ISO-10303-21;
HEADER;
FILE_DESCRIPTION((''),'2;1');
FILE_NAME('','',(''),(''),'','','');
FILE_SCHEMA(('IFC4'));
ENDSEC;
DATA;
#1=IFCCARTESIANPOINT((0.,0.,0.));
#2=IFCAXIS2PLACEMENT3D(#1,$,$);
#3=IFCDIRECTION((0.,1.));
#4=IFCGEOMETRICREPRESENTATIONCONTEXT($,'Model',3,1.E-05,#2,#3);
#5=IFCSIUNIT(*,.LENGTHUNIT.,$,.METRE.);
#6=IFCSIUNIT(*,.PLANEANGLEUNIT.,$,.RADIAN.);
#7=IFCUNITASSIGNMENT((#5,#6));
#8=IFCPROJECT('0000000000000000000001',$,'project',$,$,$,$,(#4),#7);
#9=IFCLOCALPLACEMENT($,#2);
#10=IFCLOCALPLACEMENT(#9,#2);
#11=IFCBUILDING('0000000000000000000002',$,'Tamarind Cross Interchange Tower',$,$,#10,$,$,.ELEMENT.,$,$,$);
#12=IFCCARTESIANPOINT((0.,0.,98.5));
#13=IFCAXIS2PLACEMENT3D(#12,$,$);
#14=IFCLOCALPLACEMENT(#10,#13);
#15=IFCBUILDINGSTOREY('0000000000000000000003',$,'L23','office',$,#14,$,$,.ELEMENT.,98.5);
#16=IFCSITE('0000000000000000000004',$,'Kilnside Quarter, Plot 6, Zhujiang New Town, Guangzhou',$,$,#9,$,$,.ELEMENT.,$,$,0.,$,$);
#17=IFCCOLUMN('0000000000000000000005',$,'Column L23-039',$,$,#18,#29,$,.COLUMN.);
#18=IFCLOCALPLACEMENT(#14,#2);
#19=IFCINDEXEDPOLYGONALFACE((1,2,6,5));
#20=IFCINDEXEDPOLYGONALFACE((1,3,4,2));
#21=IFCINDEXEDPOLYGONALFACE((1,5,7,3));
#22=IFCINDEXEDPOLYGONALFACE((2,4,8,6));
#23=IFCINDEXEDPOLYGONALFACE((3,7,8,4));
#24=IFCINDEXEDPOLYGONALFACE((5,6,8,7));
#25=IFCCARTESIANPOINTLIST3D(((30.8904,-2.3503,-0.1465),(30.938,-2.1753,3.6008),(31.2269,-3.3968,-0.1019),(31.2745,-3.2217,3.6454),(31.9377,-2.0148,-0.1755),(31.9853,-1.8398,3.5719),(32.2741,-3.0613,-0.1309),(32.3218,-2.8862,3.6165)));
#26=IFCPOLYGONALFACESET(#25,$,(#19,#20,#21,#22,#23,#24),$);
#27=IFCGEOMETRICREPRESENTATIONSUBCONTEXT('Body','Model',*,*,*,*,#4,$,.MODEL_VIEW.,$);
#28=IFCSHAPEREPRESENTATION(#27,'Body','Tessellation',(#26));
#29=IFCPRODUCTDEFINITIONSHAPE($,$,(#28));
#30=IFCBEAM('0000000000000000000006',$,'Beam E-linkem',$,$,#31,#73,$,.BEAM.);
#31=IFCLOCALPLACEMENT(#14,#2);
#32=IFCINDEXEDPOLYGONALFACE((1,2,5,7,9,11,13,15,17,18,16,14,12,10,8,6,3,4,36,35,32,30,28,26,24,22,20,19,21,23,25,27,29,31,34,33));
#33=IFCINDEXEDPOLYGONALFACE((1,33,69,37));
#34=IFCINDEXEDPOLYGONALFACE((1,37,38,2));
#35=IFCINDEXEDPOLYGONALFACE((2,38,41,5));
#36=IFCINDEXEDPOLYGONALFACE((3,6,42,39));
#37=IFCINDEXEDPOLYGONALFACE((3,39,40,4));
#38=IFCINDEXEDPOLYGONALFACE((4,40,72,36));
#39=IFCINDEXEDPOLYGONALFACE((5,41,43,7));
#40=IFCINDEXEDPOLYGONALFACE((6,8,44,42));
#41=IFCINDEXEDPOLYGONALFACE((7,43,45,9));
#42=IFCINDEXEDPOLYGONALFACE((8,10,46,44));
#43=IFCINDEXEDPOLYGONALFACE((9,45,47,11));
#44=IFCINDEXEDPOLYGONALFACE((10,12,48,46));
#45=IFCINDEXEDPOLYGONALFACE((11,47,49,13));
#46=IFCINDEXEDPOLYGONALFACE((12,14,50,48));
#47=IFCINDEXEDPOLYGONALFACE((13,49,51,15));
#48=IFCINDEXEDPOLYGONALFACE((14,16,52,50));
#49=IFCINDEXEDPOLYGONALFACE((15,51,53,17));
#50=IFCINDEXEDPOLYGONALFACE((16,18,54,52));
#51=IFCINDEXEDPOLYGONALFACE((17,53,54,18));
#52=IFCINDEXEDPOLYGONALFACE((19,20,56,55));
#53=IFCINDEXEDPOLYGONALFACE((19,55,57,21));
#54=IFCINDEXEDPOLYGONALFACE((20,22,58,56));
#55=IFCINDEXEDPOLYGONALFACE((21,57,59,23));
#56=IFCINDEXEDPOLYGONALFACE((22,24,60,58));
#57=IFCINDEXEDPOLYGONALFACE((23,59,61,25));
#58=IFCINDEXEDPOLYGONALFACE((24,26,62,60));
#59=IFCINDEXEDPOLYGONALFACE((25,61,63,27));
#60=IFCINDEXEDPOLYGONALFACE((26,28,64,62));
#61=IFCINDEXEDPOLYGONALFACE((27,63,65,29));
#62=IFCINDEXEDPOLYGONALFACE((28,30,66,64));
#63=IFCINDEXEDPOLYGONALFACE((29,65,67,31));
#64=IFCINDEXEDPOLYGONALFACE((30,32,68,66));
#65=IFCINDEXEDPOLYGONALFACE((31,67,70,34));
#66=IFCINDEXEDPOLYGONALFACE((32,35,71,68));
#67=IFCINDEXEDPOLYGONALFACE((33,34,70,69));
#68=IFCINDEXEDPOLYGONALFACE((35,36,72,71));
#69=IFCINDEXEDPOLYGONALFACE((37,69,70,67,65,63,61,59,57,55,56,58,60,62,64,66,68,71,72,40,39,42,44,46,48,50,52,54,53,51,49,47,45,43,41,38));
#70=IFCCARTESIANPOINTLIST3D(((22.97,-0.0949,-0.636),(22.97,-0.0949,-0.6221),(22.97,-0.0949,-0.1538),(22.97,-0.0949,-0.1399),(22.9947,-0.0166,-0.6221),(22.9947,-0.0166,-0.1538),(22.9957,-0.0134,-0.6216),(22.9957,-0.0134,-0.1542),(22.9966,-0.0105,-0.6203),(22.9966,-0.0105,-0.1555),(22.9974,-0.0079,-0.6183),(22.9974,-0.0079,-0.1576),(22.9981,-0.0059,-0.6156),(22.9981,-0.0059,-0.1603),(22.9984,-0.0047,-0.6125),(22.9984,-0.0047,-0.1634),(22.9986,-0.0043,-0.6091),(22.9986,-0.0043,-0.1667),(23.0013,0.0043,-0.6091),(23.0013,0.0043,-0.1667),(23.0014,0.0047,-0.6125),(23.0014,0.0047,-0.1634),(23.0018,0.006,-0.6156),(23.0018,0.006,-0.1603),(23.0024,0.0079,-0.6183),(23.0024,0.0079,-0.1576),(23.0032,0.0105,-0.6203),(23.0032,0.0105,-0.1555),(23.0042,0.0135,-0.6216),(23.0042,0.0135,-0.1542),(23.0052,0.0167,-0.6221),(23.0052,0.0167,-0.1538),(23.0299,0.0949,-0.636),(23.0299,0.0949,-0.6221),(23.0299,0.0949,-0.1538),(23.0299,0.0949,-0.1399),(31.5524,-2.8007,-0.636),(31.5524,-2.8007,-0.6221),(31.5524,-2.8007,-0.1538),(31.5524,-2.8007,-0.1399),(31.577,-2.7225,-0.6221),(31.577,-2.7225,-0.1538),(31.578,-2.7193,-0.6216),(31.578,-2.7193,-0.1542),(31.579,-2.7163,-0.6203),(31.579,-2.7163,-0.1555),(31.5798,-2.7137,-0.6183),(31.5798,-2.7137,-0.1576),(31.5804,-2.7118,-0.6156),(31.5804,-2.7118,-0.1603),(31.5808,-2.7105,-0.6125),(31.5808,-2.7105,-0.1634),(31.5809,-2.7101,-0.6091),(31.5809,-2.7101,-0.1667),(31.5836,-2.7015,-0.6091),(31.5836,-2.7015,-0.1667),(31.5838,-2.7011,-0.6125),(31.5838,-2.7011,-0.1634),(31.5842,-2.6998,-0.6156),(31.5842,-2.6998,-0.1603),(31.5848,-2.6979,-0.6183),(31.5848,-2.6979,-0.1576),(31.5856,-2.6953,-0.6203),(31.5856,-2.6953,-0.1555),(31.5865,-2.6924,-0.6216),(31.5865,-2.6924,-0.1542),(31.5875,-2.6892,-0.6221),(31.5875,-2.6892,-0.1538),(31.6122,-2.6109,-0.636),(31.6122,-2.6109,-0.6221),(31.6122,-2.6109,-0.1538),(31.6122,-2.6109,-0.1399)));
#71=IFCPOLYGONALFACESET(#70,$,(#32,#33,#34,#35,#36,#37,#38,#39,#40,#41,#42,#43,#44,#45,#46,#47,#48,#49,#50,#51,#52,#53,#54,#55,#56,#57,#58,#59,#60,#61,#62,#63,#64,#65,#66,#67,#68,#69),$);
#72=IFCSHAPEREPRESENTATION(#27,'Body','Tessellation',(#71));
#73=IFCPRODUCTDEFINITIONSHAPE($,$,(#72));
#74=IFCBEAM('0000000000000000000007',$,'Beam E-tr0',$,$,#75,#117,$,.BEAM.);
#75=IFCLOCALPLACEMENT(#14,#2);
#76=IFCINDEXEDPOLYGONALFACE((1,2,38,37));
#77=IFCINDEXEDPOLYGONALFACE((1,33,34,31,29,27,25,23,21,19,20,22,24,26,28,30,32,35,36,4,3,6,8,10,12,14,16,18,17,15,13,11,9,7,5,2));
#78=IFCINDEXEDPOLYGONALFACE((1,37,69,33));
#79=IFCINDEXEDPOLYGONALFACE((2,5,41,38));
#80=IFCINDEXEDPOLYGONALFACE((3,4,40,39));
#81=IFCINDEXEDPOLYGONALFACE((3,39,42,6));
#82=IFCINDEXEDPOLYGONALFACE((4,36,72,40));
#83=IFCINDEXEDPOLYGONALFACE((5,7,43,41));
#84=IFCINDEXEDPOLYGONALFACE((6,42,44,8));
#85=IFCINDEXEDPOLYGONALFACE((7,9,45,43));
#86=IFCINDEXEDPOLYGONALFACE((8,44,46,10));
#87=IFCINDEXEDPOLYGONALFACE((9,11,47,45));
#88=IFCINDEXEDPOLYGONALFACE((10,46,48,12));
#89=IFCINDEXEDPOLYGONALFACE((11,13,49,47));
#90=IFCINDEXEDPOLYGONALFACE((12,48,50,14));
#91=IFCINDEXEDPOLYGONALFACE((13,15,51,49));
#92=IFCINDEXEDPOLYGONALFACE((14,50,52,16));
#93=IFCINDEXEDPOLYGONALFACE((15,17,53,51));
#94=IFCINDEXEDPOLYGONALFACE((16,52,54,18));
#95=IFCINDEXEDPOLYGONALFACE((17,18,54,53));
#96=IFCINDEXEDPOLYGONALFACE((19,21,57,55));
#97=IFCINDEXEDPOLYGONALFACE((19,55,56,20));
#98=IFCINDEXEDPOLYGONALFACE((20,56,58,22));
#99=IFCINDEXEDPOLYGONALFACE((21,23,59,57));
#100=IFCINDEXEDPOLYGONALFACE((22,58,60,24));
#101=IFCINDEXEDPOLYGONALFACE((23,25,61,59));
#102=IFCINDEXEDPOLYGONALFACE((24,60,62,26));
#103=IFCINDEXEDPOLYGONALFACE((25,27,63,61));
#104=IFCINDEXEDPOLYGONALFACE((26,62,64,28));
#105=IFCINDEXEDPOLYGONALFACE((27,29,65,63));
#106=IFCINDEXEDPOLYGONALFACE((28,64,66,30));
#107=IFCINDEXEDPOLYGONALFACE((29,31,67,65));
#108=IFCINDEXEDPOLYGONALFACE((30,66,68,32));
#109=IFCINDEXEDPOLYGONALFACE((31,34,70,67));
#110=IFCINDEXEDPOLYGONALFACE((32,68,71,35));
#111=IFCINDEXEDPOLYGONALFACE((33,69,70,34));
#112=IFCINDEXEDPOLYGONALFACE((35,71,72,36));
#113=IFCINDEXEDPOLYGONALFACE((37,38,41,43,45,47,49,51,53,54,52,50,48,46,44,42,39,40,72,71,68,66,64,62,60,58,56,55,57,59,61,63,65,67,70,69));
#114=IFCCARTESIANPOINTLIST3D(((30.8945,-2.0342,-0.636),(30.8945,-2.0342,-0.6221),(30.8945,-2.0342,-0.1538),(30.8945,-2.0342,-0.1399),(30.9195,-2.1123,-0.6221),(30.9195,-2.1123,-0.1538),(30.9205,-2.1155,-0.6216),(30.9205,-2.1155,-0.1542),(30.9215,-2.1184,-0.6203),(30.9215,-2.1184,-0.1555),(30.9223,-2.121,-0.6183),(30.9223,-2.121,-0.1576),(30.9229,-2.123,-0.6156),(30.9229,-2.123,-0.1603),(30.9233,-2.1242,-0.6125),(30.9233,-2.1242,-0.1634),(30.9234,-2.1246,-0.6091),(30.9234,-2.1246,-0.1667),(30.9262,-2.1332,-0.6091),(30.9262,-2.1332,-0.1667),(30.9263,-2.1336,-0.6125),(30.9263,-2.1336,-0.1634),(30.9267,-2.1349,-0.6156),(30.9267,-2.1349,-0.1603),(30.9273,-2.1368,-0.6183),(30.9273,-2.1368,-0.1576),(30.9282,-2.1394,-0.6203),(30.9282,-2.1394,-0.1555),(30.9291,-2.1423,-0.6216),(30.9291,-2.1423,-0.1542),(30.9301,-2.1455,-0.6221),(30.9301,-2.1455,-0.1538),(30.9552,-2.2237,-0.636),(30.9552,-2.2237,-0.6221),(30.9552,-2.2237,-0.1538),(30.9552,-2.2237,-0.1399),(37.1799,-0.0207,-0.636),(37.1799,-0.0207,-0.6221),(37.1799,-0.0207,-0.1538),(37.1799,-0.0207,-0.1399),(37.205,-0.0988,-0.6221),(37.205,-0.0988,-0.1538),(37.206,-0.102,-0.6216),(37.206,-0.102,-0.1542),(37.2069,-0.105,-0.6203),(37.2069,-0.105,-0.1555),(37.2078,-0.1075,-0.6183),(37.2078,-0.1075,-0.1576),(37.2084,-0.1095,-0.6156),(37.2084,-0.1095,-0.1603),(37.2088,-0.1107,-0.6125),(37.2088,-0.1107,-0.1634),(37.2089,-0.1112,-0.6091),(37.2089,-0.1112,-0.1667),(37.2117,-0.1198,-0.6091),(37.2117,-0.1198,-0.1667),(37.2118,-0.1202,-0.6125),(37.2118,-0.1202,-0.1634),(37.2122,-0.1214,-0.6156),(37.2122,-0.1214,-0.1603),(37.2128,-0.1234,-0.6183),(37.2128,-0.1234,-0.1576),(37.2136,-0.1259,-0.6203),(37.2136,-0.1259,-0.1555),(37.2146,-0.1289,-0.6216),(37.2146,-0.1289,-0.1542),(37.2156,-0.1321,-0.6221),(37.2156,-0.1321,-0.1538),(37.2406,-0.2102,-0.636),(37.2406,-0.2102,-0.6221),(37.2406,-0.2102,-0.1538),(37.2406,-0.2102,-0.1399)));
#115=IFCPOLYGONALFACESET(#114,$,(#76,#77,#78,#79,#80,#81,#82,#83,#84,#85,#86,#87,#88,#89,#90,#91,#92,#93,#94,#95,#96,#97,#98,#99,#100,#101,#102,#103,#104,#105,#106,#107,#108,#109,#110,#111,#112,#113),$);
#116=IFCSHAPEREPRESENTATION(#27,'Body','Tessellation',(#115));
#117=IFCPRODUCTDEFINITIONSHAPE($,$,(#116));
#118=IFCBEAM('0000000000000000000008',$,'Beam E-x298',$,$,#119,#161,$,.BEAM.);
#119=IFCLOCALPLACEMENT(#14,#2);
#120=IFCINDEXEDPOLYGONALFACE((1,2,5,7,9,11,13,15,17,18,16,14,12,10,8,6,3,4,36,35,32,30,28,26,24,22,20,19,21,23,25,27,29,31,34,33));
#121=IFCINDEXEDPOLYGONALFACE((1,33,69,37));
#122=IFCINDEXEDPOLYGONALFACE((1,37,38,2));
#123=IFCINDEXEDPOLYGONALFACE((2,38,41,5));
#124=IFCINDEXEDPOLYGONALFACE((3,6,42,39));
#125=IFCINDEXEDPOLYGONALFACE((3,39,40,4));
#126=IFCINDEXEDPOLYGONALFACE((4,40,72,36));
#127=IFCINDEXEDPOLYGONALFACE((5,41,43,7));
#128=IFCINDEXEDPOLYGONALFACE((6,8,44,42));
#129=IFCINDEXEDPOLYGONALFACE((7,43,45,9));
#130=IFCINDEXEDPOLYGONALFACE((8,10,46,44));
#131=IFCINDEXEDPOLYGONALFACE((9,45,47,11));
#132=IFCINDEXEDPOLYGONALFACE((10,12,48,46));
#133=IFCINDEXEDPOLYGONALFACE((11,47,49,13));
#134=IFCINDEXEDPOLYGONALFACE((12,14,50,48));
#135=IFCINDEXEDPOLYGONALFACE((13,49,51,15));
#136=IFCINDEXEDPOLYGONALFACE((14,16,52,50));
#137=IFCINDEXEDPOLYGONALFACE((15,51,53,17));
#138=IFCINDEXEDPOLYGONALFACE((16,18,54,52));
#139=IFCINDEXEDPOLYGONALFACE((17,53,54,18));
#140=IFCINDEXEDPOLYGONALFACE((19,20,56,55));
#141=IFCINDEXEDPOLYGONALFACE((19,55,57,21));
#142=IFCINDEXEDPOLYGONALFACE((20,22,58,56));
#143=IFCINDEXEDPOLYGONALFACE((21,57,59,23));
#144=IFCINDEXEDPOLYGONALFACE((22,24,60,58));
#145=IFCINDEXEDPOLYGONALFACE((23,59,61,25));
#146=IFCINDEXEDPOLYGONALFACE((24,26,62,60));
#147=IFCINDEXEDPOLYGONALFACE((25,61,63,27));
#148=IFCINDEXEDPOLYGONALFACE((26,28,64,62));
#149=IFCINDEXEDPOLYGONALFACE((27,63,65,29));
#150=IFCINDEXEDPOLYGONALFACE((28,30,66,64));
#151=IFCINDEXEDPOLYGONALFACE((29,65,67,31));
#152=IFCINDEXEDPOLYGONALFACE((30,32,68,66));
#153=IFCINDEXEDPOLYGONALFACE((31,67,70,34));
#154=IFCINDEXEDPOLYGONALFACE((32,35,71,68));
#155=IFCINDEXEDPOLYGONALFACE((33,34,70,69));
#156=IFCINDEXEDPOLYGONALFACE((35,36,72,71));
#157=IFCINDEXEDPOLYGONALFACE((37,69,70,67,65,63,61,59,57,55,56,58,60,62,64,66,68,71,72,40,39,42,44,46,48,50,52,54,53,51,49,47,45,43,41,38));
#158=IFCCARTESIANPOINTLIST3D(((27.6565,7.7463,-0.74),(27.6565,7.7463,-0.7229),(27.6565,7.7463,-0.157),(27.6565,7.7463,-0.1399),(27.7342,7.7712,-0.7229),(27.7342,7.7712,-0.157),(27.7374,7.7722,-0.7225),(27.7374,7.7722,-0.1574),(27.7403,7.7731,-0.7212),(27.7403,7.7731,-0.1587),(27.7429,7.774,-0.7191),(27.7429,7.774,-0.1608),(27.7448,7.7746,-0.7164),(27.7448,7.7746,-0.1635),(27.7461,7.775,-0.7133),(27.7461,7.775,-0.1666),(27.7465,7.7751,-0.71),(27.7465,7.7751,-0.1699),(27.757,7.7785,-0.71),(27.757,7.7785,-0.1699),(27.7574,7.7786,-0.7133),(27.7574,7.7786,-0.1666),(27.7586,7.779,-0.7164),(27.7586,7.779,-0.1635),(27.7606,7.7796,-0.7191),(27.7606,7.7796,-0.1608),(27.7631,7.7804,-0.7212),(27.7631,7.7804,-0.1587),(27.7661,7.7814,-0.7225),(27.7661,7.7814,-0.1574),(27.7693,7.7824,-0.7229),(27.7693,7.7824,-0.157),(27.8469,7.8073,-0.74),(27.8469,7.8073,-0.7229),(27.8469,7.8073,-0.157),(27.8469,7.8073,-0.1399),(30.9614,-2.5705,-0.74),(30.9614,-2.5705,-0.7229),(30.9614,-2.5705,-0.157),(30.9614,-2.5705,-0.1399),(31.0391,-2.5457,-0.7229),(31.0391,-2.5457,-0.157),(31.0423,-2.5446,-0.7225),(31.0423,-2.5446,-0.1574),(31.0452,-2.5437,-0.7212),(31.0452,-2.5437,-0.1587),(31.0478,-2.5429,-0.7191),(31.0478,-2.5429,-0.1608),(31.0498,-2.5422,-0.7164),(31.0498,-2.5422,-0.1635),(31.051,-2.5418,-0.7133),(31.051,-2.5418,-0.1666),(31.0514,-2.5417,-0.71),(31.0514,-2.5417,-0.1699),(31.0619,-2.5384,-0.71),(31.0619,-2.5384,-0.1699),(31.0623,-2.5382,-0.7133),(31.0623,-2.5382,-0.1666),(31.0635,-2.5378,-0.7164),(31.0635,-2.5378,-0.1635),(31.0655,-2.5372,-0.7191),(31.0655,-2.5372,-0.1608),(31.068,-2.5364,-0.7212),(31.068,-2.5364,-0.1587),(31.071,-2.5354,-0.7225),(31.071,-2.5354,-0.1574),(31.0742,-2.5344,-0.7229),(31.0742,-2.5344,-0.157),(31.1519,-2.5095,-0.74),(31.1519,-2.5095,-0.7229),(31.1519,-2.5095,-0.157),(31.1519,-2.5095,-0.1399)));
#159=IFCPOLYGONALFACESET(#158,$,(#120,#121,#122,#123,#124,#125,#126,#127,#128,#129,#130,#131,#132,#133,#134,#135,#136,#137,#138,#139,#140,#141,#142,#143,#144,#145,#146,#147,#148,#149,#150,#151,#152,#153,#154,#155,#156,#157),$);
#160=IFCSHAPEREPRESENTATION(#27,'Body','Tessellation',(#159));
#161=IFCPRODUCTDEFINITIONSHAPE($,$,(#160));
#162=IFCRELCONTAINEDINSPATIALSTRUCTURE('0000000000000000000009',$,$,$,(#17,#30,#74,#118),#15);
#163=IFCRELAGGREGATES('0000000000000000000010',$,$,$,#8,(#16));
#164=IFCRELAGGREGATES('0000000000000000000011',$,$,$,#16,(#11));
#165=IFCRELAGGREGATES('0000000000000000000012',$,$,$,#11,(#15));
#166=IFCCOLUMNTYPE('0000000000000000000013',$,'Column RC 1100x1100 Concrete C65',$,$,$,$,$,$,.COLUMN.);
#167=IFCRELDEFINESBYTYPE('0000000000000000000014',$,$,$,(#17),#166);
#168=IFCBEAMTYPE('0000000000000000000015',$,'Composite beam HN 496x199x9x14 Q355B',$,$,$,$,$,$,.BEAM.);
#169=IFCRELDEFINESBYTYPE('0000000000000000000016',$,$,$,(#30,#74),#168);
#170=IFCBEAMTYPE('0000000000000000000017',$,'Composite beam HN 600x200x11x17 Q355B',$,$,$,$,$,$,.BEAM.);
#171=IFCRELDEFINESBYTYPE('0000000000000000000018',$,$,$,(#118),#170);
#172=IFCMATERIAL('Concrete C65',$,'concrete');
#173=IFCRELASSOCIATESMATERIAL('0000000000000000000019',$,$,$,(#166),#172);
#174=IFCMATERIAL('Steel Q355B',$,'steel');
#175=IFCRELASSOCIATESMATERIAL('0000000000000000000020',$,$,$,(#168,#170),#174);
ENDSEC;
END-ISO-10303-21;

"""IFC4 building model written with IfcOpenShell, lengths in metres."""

from ifc_helpers import new_model, si_unit, direction, frame, origin, origin_2d, place, context, subcontext, project, spatial, rectangle, i_section, extrude, material, material_profile, profile_set, type_object, element, save


model = new_model("IFC4")

# Units and contexts
model_context = context("Model", 3, precision=1e-05, world=origin(), true_north=direction((0.0, 1.0)))
body_context = subcontext(model_context, "Body", "Model", "MODEL_VIEW")
ifc_project = project(units=[si_unit("LENGTHUNIT", "METRE"), si_unit("PLANEANGLEUNIT", "RADIAN")], contexts=[model_context])

# Site, building, storey
site_placement = place(None, origin())
site = spatial("IfcSite", under=ifc_project, at=site_placement, Name="Kilnside Quarter, Plot 6, Zhujiang New Town, Guangzhou", CompositionType="ELEMENT", RefElevation=0.0)
building_placement = place(site_placement, origin())
building = spatial("IfcBuilding", under=site, at=building_placement, Name="Tamarind Cross Interchange Tower", CompositionType="ELEMENT")
storey_placement = place(building_placement, frame((0.0, 0.0, 98.5)))
storey = spatial("IfcBuildingStorey", under=building, at=storey_placement, Name="L23", Description="office", CompositionType="ELEMENT", Elevation=98.5)

# Column
ifc_material_1 = material(Name="Concrete C65", Category="concrete")
ifc_material_profile_1 = material_profile(ifc_material_1, rectangle(XDim=1.1001, YDim=1.1001, at=origin_2d()), Name="RC 1100x1100")
ifc_profile_set_1 = profile_set([ifc_material_profile_1], Name="Concrete C65")
column_type = type_object("IfcColumnType", Name="Column RC 1100x1100 Concrete C65", PredefinedType="COLUMN", material=ifc_profile_set_1)
column_placement = place(storey_placement, frame((31.5823, -2.7058, -0.1387), z_axis=(0.01269, 0.046659, 0.99883), x_axis=(-0.951997, -0.304973, 0.026341)))
element("IfcColumn", 1, at=column_placement, inside=storey, type_object=column_type, Name="Column L23-039", PredefinedType="COLUMN", context=body_context, shape_type="SweptSolid", body=[
    extrude(rectangle(XDim=1.1001, YDim=1.1001, at=origin_2d()), origin(), (0.0, 0.0, 1.0), 3.7517),
])

# Beams
ifc_material_2 = material(Name="Steel Q355B", Category="steel")
ifc_material_profile_2 = material_profile(ifc_material_2, i_section(OverallWidth=0.199, OverallDepth=0.4961, WebThickness=0.009, FlangeThickness=0.0139, FilletRadius=0.0129, at=origin_2d()), Name="HN 496x199x9x14")
ifc_profile_set_2 = profile_set([ifc_material_profile_2], Name="Steel Q355B")
beam_type_1 = type_object("IfcBeamType", Name="Composite beam HN 496x199x9x14 Q355B", PredefinedType="BEAM", material=ifc_profile_set_2)
beam_1_placement = place(storey_placement, frame((31.5823, -2.7058, -0.3879), z_axis=(-0.953722, 0.300689, 0.0), x_axis=(-0.300689, -0.953722, 0.0)))
element("IfcBeam", 2, at=beam_1_placement, inside=storey, type_object=beam_type_1, Name="Beam E-linkem", PredefinedType="BEAM", context=body_context, shape_type="SweptSolid", body=[
    extrude(i_section(OverallWidth=0.199, OverallDepth=0.4961, WebThickness=0.009, FlangeThickness=0.0139, FilletRadius=0.0129, at=origin_2d()), origin(), (0.0, 0.0, 1.0), 8.9988),
])
beam_2_placement = place(storey_placement, frame((30.9248, -2.1289, -0.3879), z_axis=(0.952332, 0.305064, 0.0), x_axis=(-0.305064, 0.952332, 0.0)))
element("IfcBeam", 3, at=beam_2_placement, inside=storey, type_object=beam_type_1, Name="Beam E-tr0", PredefinedType="BEAM", context=body_context, shape_type="SweptSolid", body=[
    extrude(i_section(OverallWidth=0.199, OverallDepth=0.4961, WebThickness=0.009, FlangeThickness=0.0139, FilletRadius=0.0129, at=origin_2d()), origin(), (0.0, 0.0, 1.0), 6.6001),
])
ifc_material_profile_3 = material_profile(ifc_material_2, i_section(OverallWidth=0.2, OverallDepth=0.6001, WebThickness=0.011, FlangeThickness=0.0171, FilletRadius=0.0129, at=origin_2d()), Name="HN 600x200x11x17")
ifc_profile_set_3 = profile_set([ifc_material_profile_3], Name="Steel Q355B")
beam_type_2 = type_object("IfcBeamType", Name="Composite beam HN 600x200x11x17 Q355B", PredefinedType="BEAM", material=ifc_profile_set_3)
beam_3_placement = place(storey_placement, frame((31.0566, -2.54, -0.4399), z_axis=(-0.305071, 0.95233, 0.0), x_axis=(-0.95233, -0.305071, 0.0)))
element("IfcBeam", 4, at=beam_3_placement, inside=storey, type_object=beam_type_2, Name="Beam E-x298", PredefinedType="BEAM", context=body_context, shape_type="SweptSolid", body=[
    extrude(i_section(OverallWidth=0.2, OverallDepth=0.6001, WebThickness=0.011, FlangeThickness=0.0171, FilletRadius=0.0129, at=origin_2d()), origin(), (0.0, 0.0, 1.0), 10.8333),
])

save(model, "model.ifc")
